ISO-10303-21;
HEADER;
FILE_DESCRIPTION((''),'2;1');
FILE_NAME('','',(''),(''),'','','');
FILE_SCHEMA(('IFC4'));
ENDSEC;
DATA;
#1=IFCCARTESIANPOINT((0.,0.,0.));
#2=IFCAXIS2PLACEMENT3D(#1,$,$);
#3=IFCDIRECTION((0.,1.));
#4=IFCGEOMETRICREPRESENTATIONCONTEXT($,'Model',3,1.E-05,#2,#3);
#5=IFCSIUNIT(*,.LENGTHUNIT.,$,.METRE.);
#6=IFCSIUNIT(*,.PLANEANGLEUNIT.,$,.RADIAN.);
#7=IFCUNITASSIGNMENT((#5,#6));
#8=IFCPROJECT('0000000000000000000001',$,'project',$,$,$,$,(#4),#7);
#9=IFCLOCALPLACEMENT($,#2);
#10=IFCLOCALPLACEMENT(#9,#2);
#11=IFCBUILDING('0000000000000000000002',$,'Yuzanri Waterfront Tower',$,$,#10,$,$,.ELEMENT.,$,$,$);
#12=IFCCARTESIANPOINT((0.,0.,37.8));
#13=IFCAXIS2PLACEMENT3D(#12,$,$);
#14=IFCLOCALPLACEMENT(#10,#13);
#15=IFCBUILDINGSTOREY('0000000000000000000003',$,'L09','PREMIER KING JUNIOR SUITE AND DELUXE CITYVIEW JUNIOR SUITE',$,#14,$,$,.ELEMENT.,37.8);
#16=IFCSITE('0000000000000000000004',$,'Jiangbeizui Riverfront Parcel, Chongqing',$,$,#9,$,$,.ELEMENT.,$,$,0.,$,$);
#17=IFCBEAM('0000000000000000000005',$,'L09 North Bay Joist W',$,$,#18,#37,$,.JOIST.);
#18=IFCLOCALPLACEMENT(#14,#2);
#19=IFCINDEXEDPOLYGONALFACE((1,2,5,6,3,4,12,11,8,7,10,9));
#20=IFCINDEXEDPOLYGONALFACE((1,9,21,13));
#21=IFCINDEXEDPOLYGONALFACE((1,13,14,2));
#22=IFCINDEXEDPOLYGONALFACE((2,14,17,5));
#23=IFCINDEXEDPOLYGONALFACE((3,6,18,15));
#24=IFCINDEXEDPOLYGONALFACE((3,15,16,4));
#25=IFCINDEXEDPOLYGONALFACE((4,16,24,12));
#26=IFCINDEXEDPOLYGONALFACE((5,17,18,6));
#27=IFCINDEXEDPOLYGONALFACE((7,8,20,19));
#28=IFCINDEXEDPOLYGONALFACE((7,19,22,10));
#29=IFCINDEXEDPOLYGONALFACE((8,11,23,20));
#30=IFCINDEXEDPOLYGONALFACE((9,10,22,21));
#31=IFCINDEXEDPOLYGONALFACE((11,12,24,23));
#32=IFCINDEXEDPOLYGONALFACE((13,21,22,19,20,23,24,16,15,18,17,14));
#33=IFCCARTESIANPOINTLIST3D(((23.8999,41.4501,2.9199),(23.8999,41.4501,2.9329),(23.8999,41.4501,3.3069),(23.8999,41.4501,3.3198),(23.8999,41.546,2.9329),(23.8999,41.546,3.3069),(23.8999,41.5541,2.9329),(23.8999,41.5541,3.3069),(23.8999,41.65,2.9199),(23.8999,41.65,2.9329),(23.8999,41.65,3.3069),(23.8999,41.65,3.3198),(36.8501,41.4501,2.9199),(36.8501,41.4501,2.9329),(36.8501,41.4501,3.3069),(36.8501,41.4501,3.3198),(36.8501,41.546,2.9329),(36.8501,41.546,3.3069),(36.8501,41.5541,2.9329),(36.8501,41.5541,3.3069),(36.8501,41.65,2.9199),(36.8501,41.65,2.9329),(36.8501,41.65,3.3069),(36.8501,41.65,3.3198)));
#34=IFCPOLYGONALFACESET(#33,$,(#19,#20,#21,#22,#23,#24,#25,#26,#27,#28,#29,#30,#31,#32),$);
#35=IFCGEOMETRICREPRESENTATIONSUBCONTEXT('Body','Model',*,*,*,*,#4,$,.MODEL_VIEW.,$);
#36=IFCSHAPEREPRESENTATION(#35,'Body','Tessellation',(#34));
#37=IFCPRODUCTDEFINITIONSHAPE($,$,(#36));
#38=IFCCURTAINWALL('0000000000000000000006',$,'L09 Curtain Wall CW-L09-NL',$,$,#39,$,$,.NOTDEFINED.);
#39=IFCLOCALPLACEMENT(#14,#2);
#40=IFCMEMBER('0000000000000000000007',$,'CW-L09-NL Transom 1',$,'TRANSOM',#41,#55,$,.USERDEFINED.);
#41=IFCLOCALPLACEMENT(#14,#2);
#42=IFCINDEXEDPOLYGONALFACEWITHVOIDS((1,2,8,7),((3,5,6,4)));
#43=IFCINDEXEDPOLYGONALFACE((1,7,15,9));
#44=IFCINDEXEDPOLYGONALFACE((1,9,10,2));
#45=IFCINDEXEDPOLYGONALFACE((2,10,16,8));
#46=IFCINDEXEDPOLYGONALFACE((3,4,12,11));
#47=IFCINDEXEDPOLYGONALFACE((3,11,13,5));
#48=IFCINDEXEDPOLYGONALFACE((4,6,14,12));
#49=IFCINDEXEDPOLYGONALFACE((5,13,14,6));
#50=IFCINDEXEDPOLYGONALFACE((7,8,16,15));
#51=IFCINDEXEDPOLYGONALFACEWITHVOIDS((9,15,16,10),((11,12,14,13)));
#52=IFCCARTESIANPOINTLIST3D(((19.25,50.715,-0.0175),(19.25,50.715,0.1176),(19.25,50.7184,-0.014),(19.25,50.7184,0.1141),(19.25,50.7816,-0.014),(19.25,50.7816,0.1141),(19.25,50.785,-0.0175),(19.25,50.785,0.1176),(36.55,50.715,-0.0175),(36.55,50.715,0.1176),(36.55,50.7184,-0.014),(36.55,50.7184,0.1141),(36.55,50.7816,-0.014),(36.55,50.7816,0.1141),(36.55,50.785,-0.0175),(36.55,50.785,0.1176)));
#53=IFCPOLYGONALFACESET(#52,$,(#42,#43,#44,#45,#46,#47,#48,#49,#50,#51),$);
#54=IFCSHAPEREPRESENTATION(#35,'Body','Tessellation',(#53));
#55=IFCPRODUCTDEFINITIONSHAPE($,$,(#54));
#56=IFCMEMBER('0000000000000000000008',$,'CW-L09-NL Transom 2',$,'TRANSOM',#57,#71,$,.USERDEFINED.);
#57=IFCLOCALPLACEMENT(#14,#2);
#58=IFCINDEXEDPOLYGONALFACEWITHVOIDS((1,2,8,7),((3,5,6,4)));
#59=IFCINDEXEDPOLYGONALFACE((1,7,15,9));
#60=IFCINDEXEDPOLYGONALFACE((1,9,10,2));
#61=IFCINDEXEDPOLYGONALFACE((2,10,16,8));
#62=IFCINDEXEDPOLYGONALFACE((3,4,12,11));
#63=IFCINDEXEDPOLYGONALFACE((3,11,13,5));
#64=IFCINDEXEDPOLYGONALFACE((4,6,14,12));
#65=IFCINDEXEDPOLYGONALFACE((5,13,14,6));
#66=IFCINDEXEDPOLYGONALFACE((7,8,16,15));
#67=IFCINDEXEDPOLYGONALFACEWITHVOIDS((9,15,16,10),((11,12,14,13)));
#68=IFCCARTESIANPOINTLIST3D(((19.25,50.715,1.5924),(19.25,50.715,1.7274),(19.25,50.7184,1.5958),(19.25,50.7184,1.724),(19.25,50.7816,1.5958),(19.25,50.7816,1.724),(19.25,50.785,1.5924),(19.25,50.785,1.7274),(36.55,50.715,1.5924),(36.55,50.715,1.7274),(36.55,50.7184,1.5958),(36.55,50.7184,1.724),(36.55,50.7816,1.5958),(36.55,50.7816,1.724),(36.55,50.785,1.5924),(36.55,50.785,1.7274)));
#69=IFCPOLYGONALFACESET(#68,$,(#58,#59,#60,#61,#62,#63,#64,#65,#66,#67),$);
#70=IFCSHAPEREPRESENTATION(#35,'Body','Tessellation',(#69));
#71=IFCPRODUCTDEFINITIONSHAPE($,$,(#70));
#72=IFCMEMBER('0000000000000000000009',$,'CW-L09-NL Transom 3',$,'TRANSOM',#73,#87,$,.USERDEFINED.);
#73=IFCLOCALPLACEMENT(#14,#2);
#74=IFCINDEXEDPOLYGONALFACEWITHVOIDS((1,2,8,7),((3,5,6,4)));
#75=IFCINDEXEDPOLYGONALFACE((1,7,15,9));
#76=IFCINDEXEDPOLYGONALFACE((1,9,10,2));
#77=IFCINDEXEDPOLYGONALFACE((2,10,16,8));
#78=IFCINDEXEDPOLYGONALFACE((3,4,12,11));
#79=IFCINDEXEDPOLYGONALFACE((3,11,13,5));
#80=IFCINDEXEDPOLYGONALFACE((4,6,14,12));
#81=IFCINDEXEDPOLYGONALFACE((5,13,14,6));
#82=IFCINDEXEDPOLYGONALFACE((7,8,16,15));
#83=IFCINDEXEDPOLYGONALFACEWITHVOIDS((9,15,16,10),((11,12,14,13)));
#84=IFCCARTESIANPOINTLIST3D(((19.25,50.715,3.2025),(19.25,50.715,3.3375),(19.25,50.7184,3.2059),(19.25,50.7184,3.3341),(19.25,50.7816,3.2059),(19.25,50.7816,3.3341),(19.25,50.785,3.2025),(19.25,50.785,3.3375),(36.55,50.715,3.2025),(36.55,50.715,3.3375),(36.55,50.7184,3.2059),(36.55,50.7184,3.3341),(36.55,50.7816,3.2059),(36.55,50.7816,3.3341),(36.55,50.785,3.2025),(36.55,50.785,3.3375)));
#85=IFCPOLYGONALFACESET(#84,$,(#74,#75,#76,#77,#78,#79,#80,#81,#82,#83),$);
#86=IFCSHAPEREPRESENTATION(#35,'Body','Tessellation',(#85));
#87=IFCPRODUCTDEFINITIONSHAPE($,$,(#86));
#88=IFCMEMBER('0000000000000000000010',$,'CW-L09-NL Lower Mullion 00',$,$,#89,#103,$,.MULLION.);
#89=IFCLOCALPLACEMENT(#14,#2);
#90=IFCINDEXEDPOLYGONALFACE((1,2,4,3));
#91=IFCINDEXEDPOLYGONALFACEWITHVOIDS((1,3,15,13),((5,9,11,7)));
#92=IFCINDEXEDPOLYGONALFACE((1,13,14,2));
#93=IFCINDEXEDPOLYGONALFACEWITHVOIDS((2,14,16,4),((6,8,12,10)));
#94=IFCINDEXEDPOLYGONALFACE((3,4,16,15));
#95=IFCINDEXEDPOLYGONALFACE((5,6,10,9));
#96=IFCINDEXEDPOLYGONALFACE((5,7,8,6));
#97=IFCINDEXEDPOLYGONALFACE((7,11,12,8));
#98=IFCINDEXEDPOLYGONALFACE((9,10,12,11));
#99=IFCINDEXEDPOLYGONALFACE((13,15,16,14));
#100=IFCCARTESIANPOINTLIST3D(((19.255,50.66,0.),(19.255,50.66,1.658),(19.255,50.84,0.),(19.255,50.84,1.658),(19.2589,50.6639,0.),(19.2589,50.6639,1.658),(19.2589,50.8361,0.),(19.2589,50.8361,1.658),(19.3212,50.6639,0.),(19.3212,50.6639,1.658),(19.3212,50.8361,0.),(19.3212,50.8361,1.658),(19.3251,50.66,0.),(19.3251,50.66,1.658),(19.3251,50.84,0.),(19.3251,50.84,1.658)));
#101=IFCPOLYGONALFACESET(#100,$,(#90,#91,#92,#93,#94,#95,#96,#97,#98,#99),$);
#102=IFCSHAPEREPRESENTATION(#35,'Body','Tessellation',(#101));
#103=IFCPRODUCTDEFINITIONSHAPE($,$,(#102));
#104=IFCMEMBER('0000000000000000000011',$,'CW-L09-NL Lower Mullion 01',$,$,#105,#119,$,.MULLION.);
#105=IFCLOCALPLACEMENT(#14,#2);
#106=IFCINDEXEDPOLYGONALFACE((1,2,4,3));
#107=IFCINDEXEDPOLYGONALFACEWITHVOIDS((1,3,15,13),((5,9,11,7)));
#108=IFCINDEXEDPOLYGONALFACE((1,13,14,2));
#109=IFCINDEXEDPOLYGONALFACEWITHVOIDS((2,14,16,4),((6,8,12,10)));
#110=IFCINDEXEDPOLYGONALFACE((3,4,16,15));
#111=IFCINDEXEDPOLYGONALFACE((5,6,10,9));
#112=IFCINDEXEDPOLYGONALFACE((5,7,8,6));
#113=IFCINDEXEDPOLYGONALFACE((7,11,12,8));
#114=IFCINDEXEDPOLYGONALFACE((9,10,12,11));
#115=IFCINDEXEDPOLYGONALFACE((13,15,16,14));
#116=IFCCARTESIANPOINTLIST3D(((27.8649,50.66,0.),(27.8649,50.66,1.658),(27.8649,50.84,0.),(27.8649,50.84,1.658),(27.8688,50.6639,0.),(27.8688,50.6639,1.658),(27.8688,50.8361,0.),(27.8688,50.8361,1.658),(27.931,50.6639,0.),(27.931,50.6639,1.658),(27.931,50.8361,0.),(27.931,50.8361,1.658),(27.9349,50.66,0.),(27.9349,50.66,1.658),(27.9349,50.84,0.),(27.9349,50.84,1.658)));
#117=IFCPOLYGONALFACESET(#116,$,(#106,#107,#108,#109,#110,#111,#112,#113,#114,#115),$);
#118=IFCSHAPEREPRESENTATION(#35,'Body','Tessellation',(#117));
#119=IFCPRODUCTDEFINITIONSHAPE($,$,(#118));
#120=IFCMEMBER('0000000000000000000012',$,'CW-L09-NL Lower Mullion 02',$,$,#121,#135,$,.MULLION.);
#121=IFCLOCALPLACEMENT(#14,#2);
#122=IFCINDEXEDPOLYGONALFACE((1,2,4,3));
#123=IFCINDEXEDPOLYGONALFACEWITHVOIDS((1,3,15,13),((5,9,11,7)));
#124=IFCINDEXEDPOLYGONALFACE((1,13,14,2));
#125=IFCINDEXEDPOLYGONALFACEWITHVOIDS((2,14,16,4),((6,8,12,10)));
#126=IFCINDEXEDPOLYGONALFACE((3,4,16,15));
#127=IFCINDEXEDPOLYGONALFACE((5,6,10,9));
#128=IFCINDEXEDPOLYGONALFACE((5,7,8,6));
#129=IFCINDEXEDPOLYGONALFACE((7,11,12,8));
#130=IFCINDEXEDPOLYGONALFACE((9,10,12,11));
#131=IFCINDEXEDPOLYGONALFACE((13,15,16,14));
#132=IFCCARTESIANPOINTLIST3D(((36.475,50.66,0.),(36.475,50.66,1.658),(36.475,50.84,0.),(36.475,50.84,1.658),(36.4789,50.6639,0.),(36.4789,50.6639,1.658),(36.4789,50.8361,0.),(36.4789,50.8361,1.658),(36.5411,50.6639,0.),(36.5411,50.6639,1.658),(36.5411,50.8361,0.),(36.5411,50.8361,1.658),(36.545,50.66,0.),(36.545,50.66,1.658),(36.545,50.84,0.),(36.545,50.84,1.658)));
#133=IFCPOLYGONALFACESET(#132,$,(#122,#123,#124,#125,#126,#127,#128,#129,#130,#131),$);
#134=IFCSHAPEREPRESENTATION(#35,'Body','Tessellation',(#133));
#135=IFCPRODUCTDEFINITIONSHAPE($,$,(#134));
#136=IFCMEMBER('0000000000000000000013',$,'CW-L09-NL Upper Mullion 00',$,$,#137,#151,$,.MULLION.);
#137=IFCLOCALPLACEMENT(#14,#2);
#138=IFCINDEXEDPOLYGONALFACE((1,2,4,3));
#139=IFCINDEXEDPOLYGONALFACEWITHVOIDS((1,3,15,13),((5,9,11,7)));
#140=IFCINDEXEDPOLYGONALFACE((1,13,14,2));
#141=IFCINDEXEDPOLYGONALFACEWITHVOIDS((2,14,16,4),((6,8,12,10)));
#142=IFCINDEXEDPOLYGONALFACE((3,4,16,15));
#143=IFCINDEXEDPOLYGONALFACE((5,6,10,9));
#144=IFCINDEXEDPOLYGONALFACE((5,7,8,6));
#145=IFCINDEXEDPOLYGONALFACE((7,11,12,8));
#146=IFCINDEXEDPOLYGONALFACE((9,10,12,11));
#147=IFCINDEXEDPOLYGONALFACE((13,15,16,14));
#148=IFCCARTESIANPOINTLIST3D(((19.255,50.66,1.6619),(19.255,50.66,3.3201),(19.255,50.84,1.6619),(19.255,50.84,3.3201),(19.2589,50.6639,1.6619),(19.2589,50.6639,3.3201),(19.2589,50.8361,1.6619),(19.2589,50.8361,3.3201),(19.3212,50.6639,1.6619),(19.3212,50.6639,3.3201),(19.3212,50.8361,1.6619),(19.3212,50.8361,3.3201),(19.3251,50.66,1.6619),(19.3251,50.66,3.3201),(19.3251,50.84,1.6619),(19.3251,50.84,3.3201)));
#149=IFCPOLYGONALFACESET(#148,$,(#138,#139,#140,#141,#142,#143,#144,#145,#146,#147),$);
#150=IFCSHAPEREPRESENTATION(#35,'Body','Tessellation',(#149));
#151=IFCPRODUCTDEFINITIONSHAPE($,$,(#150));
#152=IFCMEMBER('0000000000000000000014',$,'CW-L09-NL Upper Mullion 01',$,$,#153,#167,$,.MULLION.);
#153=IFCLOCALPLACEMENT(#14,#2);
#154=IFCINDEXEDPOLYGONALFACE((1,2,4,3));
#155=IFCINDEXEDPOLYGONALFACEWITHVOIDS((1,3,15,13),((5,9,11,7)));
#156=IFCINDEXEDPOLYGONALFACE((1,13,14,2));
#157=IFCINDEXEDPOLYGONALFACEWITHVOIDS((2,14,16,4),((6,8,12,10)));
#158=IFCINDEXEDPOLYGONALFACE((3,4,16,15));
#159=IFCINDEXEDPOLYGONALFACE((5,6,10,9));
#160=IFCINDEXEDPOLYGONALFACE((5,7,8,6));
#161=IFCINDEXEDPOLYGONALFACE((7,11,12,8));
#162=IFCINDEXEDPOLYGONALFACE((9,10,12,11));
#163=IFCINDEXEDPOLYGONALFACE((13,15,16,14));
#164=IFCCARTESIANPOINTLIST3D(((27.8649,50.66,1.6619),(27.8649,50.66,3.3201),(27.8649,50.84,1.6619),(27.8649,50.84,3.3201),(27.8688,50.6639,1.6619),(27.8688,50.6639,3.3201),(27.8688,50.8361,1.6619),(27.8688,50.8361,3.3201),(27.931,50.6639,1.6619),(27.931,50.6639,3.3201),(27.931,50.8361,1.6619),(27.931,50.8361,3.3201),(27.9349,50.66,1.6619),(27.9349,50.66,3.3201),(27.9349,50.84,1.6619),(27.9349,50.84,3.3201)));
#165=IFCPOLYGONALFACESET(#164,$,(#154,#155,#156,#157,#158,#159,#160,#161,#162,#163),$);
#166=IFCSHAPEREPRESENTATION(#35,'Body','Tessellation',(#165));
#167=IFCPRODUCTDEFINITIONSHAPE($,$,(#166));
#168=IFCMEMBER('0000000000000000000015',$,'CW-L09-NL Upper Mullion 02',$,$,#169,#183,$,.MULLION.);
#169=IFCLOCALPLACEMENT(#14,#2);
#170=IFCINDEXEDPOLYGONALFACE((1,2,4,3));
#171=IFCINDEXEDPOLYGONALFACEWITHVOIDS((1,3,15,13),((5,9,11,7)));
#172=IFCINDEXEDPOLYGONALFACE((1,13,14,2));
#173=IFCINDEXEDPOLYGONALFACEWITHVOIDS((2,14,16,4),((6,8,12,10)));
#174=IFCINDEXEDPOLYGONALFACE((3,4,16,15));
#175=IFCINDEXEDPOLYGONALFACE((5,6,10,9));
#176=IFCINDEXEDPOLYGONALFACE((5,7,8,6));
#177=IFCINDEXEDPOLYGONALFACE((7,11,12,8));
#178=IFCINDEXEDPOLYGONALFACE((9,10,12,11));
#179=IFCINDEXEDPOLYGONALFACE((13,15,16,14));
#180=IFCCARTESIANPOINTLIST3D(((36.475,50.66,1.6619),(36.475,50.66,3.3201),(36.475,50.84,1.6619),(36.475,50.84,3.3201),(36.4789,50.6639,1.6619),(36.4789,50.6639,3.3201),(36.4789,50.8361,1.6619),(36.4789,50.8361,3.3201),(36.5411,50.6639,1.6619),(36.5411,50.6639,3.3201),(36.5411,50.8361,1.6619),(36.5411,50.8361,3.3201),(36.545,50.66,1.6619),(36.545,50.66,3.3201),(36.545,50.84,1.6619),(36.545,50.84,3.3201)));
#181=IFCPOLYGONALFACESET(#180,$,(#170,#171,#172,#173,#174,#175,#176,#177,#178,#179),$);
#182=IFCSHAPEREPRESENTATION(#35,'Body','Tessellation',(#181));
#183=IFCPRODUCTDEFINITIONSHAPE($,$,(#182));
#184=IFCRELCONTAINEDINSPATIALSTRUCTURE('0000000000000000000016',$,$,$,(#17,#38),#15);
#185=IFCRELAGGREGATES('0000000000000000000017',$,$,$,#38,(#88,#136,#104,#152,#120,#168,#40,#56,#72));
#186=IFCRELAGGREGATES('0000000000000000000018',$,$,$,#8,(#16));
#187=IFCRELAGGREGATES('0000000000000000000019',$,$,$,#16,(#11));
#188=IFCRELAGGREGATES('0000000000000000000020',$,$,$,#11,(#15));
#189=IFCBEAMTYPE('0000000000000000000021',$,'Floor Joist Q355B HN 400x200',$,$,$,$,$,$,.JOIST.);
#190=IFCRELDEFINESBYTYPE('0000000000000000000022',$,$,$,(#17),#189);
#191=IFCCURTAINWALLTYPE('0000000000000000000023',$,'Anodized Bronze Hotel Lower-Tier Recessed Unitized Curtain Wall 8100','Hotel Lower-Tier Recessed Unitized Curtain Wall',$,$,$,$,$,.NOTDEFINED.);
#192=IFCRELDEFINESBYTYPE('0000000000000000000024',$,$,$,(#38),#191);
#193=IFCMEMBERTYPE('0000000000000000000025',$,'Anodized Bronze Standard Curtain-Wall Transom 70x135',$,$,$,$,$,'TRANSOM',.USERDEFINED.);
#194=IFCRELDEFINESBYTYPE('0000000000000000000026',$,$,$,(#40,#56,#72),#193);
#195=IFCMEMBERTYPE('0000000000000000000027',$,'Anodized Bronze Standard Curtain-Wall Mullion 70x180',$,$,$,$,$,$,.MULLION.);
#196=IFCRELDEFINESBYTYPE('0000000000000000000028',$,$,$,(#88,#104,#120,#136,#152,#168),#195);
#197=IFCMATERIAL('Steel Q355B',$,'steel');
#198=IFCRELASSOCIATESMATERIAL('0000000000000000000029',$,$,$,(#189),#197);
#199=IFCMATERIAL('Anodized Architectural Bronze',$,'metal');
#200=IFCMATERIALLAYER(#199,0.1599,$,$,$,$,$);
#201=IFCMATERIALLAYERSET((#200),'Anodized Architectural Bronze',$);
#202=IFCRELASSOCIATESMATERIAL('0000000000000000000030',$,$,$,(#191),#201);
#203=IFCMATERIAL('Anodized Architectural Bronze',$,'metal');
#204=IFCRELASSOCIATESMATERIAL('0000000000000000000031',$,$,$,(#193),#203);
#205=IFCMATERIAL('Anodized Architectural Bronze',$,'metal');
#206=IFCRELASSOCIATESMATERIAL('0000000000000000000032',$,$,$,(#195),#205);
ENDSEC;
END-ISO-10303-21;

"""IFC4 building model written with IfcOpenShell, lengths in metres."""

from ifc_helpers import new_model, si_unit, direction, frame, origin, origin_2d, place, context, subcontext, project, spatial, hollow_rectangle, i_section, extrude, source, transform, mapped, material, layer, layer_set, material_profile, profile_set, type_object, element, aggregate, save


model = new_model("IFC4")

# Units and contexts
model_context = context("Model", 3, precision=1e-05, world=origin(), true_north=direction((0.0, 1.0)))
body_context = subcontext(model_context, "Body", "Model", "MODEL_VIEW")
ifc_project = project(units=[si_unit("LENGTHUNIT", "METRE"), si_unit("PLANEANGLEUNIT", "RADIAN")], contexts=[model_context])

# Site, building, storey
site_placement = place(None, origin())
site = spatial("IfcSite", under=ifc_project, at=site_placement, Name="Jiangbeizui Riverfront Parcel, Chongqing", CompositionType="ELEMENT", RefElevation=0.0)
building_placement = place(site_placement, origin())
building = spatial("IfcBuilding", under=site, at=building_placement, Name="Yuzanri Waterfront Tower", CompositionType="ELEMENT")
storey_placement = place(building_placement, frame((0.0, 0.0, 37.8)))
storey = spatial("IfcBuildingStorey", under=building, at=storey_placement, Name="L09", Description="PREMIER KING JUNIOR SUITE AND DELUXE CITYVIEW JUNIOR SUITE", CompositionType="ELEMENT", Elevation=37.8)

# Beam
ifc_material_1 = material(Name="Steel Q355B", Category="steel")
ifc_material_profile_1 = material_profile(ifc_material_1, i_section(OverallWidth=0.2, OverallDepth=0.3999, WebThickness=0.0081, FlangeThickness=0.0129, at=origin_2d()), Name="HN 400x200x8x13")
ifc_profile_set_1 = profile_set([ifc_material_profile_1], Name="Steel Q355B")
beam_type = type_object("IfcBeamType", Name="Floor Joist Q355B HN 400x200", PredefinedType="JOIST", material=ifc_profile_set_1)
shared_shape_1 = source(origin(), body_context, "Body", "SweptSolid", [
    extrude(i_section(OverallWidth=0.2, OverallDepth=0.3999, WebThickness=0.0081, FlangeThickness=0.0129, at=origin_2d()), origin(), (0.0, 0.0, 1.0), 12.9502),
])
beam_placement = place(storey_placement, frame((23.8999, 41.55, 3.1199), z_axis=(1.0, 0.0, 0.0), x_axis=(0.0, 1.0, 0.0)))
element("IfcBeam", 1, at=beam_placement, inside=storey, type_object=beam_type, Name="L09 North Bay Joist W", PredefinedType="JOIST", context=body_context, shape_type="MappedRepresentation", body=[
    mapped(shared_shape_1, transform((0.0, 0.0, 0.0), scale=1.0)),
])

# Curtain wall, members
ifc_material_2 = material(Name="Anodized Architectural Bronze", Category="metal")
ifc_layer_1 = layer(ifc_material_2, 0.1599)
ifc_layer_set_1 = layer_set([ifc_layer_1], Name="Anodized Architectural Bronze")
curtain_wall_type = type_object("IfcCurtainWallType", Name="Anodized Bronze Hotel Lower-Tier Recessed Unitized Curtain Wall 8100", Description="Hotel Lower-Tier Recessed Unitized Curtain Wall", PredefinedType="NOTDEFINED", material=ifc_layer_set_1)
curtain_wall_placement = place(storey_placement, origin())
curtain_wall = element("IfcCurtainWall", 2, at=curtain_wall_placement, inside=storey, type_object=curtain_wall_type, Name="L09 Curtain Wall CW-L09-NL", PredefinedType="NOTDEFINED")
ifc_material_3 = material(Name="Anodized Architectural Bronze", Category="metal")
ifc_material_profile_2 = material_profile(ifc_material_3, hollow_rectangle(XDim=0.0701, YDim=0.135, WallThickness=0.0034, at=origin_2d()), Name="CWT 70x135")
ifc_profile_set_2 = profile_set([ifc_material_profile_2], Name="Anodized Architectural Bronze")
member_type_1 = type_object("IfcMemberType", Name="Anodized Bronze Standard Curtain-Wall Transom 70x135", ElementType="TRANSOM", PredefinedType="USERDEFINED", material=ifc_profile_set_2)
shared_shape_2 = source(origin(), body_context, "Body", "SweptSolid", [
    extrude(hollow_rectangle(XDim=0.0701, YDim=0.135, WallThickness=0.0034, at=origin_2d()), origin(), (0.0, 0.0, 1.0), 17.3),
])
member_1_placement = place(storey_placement, frame((19.25, 50.75, 0.05), z_axis=(1.0, 0.0, 0.0), x_axis=(0.0, 1.0, 0.0)))
member_1 = element("IfcMember", 3, at=member_1_placement, type_object=member_type_1, Name="CW-L09-NL Transom 1", ObjectType="TRANSOM", PredefinedType="USERDEFINED", context=body_context, shape_type="MappedRepresentation", body=[
    mapped(shared_shape_2, transform((0.0, 0.0, 0.0), scale=1.0)),
])
member_2_placement = place(storey_placement, frame((19.25, 50.75, 1.6599), z_axis=(1.0, 0.0, 0.0), x_axis=(0.0, 1.0, 0.0)))
member_2 = element("IfcMember", 4, at=member_2_placement, type_object=member_type_1, Name="CW-L09-NL Transom 2", ObjectType="TRANSOM", PredefinedType="USERDEFINED", context=body_context, shape_type="MappedRepresentation", body=[
    mapped(shared_shape_2, transform((0.0, 0.0, 0.0), scale=1.0)),
])
member_3_placement = place(storey_placement, frame((19.25, 50.75, 3.27), z_axis=(1.0, 0.0, 0.0), x_axis=(0.0, 1.0, 0.0)))
member_3 = element("IfcMember", 5, at=member_3_placement, type_object=member_type_1, Name="CW-L09-NL Transom 3", ObjectType="TRANSOM", PredefinedType="USERDEFINED", context=body_context, shape_type="MappedRepresentation", body=[
    mapped(shared_shape_2, transform((0.0, 0.0, 0.0), scale=1.0)),
])
ifc_material_4 = material(Name="Anodized Architectural Bronze", Category="metal")
ifc_material_profile_3 = material_profile(ifc_material_4, hollow_rectangle(XDim=0.0701, YDim=0.1799, WallThickness=0.0039, at=origin_2d()), Name="CWM 70x180")
ifc_profile_set_3 = profile_set([ifc_material_profile_3], Name="Anodized Architectural Bronze")
member_type_2 = type_object("IfcMemberType", Name="Anodized Bronze Standard Curtain-Wall Mullion 70x180", PredefinedType="MULLION", material=ifc_profile_set_3)
shared_shape_3 = source(origin(), body_context, "Body", "SweptSolid", [
    extrude(hollow_rectangle(XDim=0.0701, YDim=0.1799, WallThickness=0.0039, at=origin_2d()), origin(), (0.0, 0.0, 1.0), 1.658),
])
member_4_placement = place(storey_placement, frame((19.29, 50.75, 0.0), z_axis=(0.0, 0.0, 1.0), x_axis=(1.0, 0.0, 0.0)))
member_4 = element("IfcMember", 6, at=member_4_placement, type_object=member_type_2, Name="CW-L09-NL Lower Mullion 00", PredefinedType="MULLION", context=body_context, shape_type="MappedRepresentation", body=[
    mapped(shared_shape_3, transform((0.0, 0.0, 0.0), scale=1.0)),
])
member_5_placement = place(storey_placement, frame((27.8999, 50.75, 0.0), z_axis=(0.0, 0.0, 1.0), x_axis=(1.0, 0.0, 0.0)))
member_5 = element("IfcMember", 7, at=member_5_placement, type_object=member_type_2, Name="CW-L09-NL Lower Mullion 01", PredefinedType="MULLION", context=body_context, shape_type="MappedRepresentation", body=[
    mapped(shared_shape_3, transform((0.0, 0.0, 0.0), scale=1.0)),
])
member_6_placement = place(storey_placement, frame((36.51, 50.75, 0.0), z_axis=(0.0, 0.0, 1.0), x_axis=(1.0, 0.0, 0.0)))
member_6 = element("IfcMember", 8, at=member_6_placement, type_object=member_type_2, Name="CW-L09-NL Lower Mullion 02", PredefinedType="MULLION", context=body_context, shape_type="MappedRepresentation", body=[
    mapped(shared_shape_3, transform((0.0, 0.0, 0.0), scale=1.0)),
])
shared_shape_4 = source(origin(), body_context, "Body", "SweptSolid", [
    extrude(hollow_rectangle(XDim=0.0701, YDim=0.1799, WallThickness=0.0039, at=origin_2d()), origin(), (0.0, 0.0, 1.0), 1.6582),
])
member_7_placement = place(storey_placement, frame((19.29, 50.75, 1.6619), z_axis=(0.0, 0.0, 1.0), x_axis=(1.0, 0.0, 0.0)))
member_7 = element("IfcMember", 9, at=member_7_placement, type_object=member_type_2, Name="CW-L09-NL Upper Mullion 00", PredefinedType="MULLION", context=body_context, shape_type="MappedRepresentation", body=[
    mapped(shared_shape_4, transform((0.0, 0.0, 0.0), scale=1.0)),
])
member_8_placement = place(storey_placement, frame((27.8999, 50.75, 1.6619), z_axis=(0.0, 0.0, 1.0), x_axis=(1.0, 0.0, 0.0)))
member_8 = element("IfcMember", 10, at=member_8_placement, type_object=member_type_2, Name="CW-L09-NL Upper Mullion 01", PredefinedType="MULLION", context=body_context, shape_type="MappedRepresentation", body=[
    mapped(shared_shape_4, transform((0.0, 0.0, 0.0), scale=1.0)),
])
member_9_placement = place(storey_placement, frame((36.51, 50.75, 1.6619), z_axis=(0.0, 0.0, 1.0), x_axis=(1.0, 0.0, 0.0)))
member_9 = element("IfcMember", 11, at=member_9_placement, type_object=member_type_2, Name="CW-L09-NL Upper Mullion 02", PredefinedType="MULLION", context=body_context, shape_type="MappedRepresentation", body=[
    mapped(shared_shape_4, transform((0.0, 0.0, 0.0), scale=1.0)),
])
aggregate(curtain_wall, [member_4, member_7, member_5, member_8, member_6, member_9, member_1, member_2, member_3])

save(model, "model.ifc")
